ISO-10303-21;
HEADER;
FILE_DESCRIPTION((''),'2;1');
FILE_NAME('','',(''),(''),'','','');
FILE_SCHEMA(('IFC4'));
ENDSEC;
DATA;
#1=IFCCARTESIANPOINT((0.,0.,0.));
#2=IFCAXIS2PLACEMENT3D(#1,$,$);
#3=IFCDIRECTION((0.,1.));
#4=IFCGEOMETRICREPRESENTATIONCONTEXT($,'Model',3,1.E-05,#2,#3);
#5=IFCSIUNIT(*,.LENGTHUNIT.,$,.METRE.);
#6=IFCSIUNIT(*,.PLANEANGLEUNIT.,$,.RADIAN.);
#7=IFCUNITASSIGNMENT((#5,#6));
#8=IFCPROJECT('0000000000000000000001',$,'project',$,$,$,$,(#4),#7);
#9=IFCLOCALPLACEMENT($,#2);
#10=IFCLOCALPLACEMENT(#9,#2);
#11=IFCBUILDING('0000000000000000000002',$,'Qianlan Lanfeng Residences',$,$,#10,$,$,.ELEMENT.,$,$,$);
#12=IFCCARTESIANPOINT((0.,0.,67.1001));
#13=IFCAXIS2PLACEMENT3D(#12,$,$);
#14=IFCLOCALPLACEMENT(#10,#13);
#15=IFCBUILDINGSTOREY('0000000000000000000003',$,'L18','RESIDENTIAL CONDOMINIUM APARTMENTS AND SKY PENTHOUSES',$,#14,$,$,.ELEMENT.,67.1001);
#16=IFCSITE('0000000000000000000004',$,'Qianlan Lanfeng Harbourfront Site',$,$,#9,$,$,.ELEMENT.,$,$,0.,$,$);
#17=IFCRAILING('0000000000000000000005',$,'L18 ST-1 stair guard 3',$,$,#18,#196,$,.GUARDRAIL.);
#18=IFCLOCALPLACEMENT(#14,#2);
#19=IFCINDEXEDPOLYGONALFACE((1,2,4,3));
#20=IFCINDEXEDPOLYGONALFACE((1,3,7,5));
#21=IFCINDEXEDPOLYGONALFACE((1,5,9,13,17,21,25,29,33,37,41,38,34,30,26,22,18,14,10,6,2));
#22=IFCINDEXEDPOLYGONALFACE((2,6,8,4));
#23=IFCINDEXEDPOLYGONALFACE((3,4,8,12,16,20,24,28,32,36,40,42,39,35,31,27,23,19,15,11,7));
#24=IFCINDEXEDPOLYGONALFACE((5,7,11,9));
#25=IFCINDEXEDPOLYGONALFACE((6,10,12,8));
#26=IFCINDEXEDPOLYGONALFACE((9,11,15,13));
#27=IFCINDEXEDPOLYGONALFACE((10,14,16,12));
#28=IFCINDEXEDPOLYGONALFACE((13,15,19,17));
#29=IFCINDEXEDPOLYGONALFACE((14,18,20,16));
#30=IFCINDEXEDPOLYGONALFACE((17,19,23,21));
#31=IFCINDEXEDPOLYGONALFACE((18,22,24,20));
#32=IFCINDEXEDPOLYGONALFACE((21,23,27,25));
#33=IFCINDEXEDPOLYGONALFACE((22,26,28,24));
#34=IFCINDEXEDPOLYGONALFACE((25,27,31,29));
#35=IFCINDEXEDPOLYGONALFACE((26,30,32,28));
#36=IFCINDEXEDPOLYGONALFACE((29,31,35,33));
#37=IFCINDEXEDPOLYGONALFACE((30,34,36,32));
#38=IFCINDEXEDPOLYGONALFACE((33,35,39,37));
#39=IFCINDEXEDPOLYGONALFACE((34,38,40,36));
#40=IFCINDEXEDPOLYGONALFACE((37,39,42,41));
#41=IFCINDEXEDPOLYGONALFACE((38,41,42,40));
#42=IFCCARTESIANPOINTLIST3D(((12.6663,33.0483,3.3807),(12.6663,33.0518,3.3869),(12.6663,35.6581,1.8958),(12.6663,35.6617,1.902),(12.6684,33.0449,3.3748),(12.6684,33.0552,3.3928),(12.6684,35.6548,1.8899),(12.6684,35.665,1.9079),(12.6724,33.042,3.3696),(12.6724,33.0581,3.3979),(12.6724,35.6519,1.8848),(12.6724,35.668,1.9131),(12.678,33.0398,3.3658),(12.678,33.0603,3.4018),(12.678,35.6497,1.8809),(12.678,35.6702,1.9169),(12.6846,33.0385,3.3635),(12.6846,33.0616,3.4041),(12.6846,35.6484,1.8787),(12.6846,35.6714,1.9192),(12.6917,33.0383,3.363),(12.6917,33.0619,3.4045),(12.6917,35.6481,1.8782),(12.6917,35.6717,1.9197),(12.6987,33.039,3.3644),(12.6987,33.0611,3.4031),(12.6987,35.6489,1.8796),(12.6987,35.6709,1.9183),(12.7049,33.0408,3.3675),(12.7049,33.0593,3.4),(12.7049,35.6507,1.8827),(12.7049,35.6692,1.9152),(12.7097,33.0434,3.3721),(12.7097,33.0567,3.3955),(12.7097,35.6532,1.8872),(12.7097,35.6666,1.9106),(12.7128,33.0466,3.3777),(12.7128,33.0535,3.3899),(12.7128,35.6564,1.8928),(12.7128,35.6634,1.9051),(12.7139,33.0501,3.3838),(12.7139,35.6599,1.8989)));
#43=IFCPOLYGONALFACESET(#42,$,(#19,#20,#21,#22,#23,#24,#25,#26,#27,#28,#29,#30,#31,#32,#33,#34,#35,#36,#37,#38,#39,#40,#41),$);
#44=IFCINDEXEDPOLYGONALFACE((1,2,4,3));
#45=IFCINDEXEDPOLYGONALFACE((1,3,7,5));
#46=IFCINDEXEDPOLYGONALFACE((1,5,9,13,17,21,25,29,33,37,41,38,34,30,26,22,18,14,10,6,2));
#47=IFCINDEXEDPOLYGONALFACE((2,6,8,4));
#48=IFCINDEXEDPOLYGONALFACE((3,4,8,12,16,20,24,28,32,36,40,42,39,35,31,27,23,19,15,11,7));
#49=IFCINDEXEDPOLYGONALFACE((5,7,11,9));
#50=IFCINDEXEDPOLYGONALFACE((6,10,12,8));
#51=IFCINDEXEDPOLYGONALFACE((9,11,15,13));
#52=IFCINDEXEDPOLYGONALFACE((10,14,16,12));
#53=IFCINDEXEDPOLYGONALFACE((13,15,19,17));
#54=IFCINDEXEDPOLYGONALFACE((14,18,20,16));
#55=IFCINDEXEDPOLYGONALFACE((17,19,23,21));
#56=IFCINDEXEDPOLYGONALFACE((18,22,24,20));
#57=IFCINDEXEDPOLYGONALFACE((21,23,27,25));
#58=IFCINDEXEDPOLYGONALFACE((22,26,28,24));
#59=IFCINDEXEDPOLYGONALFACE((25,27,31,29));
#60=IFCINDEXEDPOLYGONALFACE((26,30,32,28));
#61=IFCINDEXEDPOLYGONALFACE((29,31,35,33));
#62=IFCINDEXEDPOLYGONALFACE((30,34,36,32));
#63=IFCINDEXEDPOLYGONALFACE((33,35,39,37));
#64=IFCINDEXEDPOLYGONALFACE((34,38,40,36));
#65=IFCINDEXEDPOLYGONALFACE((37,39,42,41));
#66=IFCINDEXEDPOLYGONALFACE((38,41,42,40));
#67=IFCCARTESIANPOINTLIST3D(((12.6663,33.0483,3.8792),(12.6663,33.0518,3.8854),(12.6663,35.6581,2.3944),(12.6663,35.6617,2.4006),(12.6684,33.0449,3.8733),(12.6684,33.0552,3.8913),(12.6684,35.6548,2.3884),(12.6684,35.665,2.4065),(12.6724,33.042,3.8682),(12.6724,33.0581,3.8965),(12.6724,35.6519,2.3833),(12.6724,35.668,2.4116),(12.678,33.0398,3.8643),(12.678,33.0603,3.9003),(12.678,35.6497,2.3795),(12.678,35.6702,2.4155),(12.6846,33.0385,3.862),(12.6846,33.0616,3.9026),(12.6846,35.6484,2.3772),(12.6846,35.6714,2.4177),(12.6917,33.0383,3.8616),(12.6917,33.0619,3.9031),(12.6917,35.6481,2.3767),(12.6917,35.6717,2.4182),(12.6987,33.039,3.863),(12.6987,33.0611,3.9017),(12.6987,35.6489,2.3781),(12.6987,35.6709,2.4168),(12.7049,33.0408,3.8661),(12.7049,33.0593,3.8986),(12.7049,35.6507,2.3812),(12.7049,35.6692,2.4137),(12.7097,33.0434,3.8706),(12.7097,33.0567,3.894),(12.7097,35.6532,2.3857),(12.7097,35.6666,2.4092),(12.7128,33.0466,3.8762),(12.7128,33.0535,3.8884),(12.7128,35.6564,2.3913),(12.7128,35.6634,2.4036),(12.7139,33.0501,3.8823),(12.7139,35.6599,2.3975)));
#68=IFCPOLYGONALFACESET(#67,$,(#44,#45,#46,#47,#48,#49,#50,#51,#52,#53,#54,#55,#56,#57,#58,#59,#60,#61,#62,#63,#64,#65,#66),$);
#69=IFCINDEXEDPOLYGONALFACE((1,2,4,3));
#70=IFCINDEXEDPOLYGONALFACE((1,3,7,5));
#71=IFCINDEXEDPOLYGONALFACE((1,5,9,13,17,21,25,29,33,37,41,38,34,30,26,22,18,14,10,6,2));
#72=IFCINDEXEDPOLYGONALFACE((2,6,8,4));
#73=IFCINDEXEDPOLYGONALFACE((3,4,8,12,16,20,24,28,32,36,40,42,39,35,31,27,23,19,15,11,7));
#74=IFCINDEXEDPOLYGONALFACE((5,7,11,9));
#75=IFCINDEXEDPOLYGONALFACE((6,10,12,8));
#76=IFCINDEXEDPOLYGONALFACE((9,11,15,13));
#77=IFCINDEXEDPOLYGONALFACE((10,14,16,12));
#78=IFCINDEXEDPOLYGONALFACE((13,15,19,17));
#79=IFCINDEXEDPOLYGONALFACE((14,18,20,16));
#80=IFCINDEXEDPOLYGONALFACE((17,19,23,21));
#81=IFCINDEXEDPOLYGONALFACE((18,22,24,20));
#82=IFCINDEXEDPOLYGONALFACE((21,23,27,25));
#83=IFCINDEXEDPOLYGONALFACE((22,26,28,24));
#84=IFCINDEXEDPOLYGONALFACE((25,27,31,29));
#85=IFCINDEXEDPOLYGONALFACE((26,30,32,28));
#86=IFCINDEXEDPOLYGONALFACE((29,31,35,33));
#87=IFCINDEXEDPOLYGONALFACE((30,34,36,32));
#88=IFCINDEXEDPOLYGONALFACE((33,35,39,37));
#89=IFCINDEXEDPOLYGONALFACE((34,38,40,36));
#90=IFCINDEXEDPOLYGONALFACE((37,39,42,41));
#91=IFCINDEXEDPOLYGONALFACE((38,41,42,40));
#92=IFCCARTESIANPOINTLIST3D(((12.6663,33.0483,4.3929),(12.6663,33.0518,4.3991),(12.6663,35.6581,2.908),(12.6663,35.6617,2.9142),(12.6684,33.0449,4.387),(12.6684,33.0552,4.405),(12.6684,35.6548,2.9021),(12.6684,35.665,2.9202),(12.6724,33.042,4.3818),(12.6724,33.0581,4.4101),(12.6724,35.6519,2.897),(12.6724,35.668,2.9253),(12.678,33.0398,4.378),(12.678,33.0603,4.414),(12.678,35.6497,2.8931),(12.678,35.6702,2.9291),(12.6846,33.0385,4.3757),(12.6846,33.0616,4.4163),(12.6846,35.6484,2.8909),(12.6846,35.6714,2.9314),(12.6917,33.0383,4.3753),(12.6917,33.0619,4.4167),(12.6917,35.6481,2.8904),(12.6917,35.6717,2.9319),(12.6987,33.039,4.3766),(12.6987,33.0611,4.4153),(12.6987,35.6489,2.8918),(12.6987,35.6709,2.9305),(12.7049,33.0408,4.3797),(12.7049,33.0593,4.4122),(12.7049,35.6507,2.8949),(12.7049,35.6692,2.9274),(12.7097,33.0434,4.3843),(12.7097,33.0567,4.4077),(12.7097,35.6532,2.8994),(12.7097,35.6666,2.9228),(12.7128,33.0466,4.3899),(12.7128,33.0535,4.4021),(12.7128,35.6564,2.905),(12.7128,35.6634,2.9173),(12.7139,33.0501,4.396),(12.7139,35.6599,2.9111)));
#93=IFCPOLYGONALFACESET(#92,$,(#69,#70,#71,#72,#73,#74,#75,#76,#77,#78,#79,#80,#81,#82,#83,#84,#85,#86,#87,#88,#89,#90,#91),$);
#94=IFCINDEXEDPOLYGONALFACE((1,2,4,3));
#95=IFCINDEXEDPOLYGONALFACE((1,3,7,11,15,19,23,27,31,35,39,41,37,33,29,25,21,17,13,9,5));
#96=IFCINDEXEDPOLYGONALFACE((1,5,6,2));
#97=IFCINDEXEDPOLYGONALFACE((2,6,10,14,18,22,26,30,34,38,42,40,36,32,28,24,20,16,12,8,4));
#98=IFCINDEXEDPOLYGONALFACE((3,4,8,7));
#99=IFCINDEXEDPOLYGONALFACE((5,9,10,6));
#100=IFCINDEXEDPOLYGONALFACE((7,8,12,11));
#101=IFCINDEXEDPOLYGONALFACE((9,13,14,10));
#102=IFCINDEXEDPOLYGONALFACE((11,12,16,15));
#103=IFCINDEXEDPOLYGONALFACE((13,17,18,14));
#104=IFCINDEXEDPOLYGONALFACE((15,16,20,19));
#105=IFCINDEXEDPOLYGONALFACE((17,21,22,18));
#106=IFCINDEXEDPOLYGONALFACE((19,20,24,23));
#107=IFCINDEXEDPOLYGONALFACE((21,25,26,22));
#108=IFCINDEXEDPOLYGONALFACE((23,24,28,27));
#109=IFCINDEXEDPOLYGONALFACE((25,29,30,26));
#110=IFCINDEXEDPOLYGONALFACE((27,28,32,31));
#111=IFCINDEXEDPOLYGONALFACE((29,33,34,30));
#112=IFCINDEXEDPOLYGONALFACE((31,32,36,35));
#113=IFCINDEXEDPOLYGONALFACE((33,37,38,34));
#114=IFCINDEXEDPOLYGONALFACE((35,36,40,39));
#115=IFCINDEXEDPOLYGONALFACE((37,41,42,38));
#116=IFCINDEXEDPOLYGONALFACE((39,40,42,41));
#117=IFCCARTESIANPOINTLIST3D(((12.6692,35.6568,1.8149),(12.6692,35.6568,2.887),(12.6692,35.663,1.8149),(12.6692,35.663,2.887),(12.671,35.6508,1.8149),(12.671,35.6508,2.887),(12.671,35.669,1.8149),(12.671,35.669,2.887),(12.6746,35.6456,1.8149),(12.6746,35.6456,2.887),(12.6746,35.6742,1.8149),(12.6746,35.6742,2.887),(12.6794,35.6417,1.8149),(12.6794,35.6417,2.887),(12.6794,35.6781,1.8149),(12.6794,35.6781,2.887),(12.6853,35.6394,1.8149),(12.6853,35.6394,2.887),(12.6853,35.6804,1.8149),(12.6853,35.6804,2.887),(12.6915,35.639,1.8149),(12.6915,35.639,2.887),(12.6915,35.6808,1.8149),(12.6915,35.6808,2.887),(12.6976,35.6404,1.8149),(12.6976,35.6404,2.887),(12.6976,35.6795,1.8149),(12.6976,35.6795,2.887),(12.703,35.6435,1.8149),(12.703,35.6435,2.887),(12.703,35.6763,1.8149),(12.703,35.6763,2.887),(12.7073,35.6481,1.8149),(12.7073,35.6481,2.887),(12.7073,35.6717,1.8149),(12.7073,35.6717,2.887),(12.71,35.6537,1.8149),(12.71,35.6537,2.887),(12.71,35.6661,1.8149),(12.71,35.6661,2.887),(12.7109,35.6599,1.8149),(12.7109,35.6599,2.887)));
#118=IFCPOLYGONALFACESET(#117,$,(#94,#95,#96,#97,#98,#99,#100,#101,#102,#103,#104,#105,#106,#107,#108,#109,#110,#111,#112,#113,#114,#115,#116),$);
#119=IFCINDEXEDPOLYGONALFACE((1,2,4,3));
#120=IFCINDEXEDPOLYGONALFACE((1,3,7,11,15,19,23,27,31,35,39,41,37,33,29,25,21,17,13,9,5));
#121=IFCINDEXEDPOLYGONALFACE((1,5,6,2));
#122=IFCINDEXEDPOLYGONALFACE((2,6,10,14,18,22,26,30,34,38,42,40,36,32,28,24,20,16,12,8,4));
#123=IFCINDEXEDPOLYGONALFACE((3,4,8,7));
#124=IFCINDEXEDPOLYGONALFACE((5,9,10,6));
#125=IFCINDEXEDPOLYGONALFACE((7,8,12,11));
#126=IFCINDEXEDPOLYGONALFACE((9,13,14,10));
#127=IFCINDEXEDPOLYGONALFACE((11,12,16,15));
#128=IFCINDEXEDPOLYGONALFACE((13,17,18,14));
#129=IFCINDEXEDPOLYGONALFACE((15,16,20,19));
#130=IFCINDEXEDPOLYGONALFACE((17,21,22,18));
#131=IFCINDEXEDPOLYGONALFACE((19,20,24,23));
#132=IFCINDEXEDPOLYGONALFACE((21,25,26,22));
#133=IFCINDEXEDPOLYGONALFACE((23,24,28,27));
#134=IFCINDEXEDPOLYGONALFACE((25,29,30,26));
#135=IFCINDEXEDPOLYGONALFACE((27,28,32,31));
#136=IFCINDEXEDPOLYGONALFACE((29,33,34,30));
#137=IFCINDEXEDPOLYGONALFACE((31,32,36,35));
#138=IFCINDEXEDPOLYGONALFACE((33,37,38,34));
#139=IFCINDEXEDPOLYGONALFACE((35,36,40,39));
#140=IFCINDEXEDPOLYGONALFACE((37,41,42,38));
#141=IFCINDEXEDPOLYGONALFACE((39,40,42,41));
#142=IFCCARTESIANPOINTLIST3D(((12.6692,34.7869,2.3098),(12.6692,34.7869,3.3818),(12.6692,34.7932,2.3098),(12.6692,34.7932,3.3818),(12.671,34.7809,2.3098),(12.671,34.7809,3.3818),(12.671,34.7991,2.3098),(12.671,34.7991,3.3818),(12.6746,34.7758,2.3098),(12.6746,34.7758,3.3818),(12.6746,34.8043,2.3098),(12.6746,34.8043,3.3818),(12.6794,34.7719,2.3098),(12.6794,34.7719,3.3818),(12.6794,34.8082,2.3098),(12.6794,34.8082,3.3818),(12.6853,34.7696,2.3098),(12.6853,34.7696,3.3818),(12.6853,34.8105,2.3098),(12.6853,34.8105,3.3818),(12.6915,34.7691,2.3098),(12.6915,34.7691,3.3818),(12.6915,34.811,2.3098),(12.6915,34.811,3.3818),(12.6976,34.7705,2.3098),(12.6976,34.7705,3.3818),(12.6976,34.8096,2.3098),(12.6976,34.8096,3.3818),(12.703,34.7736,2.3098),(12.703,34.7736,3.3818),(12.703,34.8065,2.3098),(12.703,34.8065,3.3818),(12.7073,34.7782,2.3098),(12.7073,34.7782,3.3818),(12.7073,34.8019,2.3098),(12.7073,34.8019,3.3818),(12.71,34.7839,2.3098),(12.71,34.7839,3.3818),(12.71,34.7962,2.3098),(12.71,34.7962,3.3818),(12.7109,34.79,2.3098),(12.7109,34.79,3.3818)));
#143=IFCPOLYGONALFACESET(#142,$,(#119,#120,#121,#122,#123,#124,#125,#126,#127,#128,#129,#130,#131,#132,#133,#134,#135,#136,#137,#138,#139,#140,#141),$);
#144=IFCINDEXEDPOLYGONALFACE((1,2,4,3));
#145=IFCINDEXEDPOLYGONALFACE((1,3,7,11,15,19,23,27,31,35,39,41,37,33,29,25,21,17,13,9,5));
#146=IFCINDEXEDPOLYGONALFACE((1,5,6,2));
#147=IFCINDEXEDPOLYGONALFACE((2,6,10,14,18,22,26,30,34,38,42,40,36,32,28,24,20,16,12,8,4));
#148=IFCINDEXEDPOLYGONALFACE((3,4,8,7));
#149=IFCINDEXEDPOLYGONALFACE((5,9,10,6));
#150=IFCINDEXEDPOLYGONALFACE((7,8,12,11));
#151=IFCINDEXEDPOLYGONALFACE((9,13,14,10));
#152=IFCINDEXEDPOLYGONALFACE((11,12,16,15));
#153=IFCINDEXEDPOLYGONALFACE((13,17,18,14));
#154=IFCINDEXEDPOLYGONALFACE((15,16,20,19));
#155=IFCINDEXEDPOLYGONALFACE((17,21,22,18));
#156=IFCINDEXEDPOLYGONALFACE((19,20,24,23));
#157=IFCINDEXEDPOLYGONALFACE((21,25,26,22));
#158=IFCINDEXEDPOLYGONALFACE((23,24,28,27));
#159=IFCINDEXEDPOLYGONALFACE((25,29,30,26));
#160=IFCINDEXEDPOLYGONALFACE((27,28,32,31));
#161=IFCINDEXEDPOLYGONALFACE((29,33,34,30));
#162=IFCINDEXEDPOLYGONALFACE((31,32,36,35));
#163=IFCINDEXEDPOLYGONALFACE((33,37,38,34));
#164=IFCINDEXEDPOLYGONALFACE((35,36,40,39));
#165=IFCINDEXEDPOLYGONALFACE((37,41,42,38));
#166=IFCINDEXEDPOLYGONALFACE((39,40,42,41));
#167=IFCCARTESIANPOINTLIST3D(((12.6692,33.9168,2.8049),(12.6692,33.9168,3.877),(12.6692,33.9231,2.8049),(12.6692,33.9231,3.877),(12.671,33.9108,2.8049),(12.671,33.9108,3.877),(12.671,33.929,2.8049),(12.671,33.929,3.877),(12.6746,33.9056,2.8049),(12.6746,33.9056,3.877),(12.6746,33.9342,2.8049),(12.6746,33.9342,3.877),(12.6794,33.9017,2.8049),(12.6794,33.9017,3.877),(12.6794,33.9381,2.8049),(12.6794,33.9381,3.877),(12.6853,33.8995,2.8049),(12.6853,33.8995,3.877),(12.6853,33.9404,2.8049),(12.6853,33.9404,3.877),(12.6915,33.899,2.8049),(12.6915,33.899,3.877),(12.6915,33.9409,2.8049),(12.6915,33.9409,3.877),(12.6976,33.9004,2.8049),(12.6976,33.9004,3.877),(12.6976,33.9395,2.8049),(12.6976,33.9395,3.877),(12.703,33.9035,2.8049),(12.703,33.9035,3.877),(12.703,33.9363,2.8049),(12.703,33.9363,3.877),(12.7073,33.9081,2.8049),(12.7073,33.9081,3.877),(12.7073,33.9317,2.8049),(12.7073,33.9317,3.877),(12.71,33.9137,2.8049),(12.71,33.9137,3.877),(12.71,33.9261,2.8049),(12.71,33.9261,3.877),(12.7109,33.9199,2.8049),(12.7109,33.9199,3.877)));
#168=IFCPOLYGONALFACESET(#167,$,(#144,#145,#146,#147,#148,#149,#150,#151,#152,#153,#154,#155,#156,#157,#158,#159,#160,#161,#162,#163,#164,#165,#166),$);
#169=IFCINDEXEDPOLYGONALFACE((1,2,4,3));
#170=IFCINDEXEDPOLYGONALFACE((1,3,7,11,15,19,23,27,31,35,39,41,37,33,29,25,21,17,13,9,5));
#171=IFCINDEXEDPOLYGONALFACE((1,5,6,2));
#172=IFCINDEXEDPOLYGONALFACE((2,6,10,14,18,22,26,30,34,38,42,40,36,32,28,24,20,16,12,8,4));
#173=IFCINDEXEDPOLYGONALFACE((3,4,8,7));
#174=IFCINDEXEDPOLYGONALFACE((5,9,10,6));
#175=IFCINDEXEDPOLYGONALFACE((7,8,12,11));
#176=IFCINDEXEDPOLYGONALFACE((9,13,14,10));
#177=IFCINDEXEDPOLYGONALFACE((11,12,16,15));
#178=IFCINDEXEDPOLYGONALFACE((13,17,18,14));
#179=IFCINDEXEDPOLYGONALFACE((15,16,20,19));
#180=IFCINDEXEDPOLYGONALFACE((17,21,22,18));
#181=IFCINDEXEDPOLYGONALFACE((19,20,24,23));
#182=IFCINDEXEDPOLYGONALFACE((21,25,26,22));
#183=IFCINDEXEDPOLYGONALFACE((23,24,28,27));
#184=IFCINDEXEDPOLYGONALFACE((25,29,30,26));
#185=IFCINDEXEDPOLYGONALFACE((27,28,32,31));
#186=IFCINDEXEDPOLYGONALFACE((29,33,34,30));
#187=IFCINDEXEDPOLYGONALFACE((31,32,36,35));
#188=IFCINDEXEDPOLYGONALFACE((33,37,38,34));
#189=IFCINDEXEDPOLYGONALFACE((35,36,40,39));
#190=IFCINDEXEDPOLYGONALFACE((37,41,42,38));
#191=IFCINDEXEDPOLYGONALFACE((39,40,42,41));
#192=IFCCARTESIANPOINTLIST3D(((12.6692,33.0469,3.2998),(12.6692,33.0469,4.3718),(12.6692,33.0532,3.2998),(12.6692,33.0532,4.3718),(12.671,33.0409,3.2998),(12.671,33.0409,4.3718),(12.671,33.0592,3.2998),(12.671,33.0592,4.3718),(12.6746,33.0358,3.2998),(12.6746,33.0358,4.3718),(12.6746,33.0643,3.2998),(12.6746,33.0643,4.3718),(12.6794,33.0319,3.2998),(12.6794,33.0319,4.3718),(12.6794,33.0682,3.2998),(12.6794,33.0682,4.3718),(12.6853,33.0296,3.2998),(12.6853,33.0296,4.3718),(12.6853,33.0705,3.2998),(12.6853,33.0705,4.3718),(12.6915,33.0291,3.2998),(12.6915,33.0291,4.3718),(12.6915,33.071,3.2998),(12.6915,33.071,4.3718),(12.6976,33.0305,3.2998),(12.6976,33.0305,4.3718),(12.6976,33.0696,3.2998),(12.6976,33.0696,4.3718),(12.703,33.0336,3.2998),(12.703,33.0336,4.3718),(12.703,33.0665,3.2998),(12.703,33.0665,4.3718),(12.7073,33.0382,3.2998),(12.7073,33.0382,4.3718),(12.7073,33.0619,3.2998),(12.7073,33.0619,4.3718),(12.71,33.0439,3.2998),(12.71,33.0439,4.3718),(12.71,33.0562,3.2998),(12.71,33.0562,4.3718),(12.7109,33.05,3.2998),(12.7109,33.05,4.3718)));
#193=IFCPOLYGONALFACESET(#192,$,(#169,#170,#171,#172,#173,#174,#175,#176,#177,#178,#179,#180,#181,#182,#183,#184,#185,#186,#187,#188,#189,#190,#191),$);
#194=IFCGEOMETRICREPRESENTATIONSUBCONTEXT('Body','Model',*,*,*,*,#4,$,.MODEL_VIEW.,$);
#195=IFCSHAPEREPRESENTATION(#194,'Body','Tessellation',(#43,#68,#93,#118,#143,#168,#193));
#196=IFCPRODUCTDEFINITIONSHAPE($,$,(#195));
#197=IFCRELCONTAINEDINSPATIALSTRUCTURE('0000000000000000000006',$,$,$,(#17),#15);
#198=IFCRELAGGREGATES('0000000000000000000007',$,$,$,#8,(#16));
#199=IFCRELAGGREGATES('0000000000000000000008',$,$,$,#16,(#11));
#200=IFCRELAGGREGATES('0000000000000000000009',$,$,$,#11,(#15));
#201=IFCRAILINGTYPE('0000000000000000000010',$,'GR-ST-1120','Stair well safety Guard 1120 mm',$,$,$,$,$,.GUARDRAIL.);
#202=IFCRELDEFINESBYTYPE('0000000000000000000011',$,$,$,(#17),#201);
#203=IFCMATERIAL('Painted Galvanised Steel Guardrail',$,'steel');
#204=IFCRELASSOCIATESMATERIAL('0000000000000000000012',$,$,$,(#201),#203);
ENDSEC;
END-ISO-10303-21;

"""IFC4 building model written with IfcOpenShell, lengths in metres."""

from ifc_helpers import new_model, si_unit, direction, frame, origin, origin_2d, place, context, subcontext, project, spatial, circle, extrude, material, type_object, element, save


model = new_model("IFC4")

# Units and contexts
model_context = context("Model", 3, precision=1e-05, world=origin(), true_north=direction((0.0, 1.0)))
body_context = subcontext(model_context, "Body", "Model", "MODEL_VIEW")
ifc_project = project(units=[si_unit("LENGTHUNIT", "METRE"), si_unit("PLANEANGLEUNIT", "RADIAN")], contexts=[model_context])

# Site, building, storey
site_placement = place(None, origin())
site = spatial("IfcSite", under=ifc_project, at=site_placement, Name="Qianlan Lanfeng Harbourfront Site", CompositionType="ELEMENT", RefElevation=0.0)
building_placement = place(site_placement, origin())
building = spatial("IfcBuilding", under=site, at=building_placement, Name="Qianlan Lanfeng Residences", CompositionType="ELEMENT")
storey_placement = place(building_placement, frame((0.0, 0.0, 67.1001)))
storey = spatial("IfcBuildingStorey", under=building, at=storey_placement, Name="L18", Description="RESIDENTIAL CONDOMINIUM APARTMENTS AND SKY PENTHOUSES", CompositionType="ELEMENT", Elevation=67.1001)

# Railing
ifc_material_1 = material(Name="Painted Galvanised Steel Guardrail", Category="steel")
railing_type_1 = type_object("IfcRailingType", Name="GR-ST-1120", Description="Stair well safety Guard 1120 mm", PredefinedType="GUARDRAIL", material=ifc_material_1)
railing_1_placement = place(storey_placement, frame((12.6899, 35.6599, 1.8149)))
element("IfcRailing", 1, at=railing_1_placement, inside=storey, type_object=railing_type_1, Name="L18 ST-1 stair guard 3", PredefinedType="GUARDRAIL", context=body_context, shape_type="SweptSolid", body=[
    extrude(circle(Radius=0.0239, at=origin_2d()), frame((0.0, 0.0, 0.084), z_axis=(0.0, -0.869172, 0.494509), x_axis=(1.0, 0.0, 0.0)), (0.0, 0.0, 1.0), 3.0027),
    extrude(circle(Radius=0.0239, at=origin_2d()), frame((0.0, 0.0, 0.5825), z_axis=(0.0, -0.869172, 0.494509), x_axis=(1.0, 0.0, 0.0)), (0.0, 0.0, 1.0), 3.0027),
    extrude(circle(Radius=0.0239, at=origin_2d()), frame((0.0, 0.0, 1.0962), z_axis=(0.0, -0.869172, 0.494509), x_axis=(1.0, 0.0, 0.0)), (0.0, 0.0, 1.0), 3.0027),
    extrude(circle(Radius=0.021, at=origin_2d()), origin(), (0.0, 0.0, 1.0), 1.072),
    extrude(circle(Radius=0.021, at=origin_2d()), frame((0.0, -0.8699, 0.4949)), (0.0, 0.0, 1.0), 1.072),
    extrude(circle(Radius=0.021, at=origin_2d()), frame((0.0, -1.74, 0.99)), (0.0, 0.0, 1.0), 1.072),
    extrude(circle(Radius=0.021, at=origin_2d()), frame((0.0, -2.6099, 1.4849)), (0.0, 0.0, 1.0), 1.072),
])

save(model, "model.ifc")
